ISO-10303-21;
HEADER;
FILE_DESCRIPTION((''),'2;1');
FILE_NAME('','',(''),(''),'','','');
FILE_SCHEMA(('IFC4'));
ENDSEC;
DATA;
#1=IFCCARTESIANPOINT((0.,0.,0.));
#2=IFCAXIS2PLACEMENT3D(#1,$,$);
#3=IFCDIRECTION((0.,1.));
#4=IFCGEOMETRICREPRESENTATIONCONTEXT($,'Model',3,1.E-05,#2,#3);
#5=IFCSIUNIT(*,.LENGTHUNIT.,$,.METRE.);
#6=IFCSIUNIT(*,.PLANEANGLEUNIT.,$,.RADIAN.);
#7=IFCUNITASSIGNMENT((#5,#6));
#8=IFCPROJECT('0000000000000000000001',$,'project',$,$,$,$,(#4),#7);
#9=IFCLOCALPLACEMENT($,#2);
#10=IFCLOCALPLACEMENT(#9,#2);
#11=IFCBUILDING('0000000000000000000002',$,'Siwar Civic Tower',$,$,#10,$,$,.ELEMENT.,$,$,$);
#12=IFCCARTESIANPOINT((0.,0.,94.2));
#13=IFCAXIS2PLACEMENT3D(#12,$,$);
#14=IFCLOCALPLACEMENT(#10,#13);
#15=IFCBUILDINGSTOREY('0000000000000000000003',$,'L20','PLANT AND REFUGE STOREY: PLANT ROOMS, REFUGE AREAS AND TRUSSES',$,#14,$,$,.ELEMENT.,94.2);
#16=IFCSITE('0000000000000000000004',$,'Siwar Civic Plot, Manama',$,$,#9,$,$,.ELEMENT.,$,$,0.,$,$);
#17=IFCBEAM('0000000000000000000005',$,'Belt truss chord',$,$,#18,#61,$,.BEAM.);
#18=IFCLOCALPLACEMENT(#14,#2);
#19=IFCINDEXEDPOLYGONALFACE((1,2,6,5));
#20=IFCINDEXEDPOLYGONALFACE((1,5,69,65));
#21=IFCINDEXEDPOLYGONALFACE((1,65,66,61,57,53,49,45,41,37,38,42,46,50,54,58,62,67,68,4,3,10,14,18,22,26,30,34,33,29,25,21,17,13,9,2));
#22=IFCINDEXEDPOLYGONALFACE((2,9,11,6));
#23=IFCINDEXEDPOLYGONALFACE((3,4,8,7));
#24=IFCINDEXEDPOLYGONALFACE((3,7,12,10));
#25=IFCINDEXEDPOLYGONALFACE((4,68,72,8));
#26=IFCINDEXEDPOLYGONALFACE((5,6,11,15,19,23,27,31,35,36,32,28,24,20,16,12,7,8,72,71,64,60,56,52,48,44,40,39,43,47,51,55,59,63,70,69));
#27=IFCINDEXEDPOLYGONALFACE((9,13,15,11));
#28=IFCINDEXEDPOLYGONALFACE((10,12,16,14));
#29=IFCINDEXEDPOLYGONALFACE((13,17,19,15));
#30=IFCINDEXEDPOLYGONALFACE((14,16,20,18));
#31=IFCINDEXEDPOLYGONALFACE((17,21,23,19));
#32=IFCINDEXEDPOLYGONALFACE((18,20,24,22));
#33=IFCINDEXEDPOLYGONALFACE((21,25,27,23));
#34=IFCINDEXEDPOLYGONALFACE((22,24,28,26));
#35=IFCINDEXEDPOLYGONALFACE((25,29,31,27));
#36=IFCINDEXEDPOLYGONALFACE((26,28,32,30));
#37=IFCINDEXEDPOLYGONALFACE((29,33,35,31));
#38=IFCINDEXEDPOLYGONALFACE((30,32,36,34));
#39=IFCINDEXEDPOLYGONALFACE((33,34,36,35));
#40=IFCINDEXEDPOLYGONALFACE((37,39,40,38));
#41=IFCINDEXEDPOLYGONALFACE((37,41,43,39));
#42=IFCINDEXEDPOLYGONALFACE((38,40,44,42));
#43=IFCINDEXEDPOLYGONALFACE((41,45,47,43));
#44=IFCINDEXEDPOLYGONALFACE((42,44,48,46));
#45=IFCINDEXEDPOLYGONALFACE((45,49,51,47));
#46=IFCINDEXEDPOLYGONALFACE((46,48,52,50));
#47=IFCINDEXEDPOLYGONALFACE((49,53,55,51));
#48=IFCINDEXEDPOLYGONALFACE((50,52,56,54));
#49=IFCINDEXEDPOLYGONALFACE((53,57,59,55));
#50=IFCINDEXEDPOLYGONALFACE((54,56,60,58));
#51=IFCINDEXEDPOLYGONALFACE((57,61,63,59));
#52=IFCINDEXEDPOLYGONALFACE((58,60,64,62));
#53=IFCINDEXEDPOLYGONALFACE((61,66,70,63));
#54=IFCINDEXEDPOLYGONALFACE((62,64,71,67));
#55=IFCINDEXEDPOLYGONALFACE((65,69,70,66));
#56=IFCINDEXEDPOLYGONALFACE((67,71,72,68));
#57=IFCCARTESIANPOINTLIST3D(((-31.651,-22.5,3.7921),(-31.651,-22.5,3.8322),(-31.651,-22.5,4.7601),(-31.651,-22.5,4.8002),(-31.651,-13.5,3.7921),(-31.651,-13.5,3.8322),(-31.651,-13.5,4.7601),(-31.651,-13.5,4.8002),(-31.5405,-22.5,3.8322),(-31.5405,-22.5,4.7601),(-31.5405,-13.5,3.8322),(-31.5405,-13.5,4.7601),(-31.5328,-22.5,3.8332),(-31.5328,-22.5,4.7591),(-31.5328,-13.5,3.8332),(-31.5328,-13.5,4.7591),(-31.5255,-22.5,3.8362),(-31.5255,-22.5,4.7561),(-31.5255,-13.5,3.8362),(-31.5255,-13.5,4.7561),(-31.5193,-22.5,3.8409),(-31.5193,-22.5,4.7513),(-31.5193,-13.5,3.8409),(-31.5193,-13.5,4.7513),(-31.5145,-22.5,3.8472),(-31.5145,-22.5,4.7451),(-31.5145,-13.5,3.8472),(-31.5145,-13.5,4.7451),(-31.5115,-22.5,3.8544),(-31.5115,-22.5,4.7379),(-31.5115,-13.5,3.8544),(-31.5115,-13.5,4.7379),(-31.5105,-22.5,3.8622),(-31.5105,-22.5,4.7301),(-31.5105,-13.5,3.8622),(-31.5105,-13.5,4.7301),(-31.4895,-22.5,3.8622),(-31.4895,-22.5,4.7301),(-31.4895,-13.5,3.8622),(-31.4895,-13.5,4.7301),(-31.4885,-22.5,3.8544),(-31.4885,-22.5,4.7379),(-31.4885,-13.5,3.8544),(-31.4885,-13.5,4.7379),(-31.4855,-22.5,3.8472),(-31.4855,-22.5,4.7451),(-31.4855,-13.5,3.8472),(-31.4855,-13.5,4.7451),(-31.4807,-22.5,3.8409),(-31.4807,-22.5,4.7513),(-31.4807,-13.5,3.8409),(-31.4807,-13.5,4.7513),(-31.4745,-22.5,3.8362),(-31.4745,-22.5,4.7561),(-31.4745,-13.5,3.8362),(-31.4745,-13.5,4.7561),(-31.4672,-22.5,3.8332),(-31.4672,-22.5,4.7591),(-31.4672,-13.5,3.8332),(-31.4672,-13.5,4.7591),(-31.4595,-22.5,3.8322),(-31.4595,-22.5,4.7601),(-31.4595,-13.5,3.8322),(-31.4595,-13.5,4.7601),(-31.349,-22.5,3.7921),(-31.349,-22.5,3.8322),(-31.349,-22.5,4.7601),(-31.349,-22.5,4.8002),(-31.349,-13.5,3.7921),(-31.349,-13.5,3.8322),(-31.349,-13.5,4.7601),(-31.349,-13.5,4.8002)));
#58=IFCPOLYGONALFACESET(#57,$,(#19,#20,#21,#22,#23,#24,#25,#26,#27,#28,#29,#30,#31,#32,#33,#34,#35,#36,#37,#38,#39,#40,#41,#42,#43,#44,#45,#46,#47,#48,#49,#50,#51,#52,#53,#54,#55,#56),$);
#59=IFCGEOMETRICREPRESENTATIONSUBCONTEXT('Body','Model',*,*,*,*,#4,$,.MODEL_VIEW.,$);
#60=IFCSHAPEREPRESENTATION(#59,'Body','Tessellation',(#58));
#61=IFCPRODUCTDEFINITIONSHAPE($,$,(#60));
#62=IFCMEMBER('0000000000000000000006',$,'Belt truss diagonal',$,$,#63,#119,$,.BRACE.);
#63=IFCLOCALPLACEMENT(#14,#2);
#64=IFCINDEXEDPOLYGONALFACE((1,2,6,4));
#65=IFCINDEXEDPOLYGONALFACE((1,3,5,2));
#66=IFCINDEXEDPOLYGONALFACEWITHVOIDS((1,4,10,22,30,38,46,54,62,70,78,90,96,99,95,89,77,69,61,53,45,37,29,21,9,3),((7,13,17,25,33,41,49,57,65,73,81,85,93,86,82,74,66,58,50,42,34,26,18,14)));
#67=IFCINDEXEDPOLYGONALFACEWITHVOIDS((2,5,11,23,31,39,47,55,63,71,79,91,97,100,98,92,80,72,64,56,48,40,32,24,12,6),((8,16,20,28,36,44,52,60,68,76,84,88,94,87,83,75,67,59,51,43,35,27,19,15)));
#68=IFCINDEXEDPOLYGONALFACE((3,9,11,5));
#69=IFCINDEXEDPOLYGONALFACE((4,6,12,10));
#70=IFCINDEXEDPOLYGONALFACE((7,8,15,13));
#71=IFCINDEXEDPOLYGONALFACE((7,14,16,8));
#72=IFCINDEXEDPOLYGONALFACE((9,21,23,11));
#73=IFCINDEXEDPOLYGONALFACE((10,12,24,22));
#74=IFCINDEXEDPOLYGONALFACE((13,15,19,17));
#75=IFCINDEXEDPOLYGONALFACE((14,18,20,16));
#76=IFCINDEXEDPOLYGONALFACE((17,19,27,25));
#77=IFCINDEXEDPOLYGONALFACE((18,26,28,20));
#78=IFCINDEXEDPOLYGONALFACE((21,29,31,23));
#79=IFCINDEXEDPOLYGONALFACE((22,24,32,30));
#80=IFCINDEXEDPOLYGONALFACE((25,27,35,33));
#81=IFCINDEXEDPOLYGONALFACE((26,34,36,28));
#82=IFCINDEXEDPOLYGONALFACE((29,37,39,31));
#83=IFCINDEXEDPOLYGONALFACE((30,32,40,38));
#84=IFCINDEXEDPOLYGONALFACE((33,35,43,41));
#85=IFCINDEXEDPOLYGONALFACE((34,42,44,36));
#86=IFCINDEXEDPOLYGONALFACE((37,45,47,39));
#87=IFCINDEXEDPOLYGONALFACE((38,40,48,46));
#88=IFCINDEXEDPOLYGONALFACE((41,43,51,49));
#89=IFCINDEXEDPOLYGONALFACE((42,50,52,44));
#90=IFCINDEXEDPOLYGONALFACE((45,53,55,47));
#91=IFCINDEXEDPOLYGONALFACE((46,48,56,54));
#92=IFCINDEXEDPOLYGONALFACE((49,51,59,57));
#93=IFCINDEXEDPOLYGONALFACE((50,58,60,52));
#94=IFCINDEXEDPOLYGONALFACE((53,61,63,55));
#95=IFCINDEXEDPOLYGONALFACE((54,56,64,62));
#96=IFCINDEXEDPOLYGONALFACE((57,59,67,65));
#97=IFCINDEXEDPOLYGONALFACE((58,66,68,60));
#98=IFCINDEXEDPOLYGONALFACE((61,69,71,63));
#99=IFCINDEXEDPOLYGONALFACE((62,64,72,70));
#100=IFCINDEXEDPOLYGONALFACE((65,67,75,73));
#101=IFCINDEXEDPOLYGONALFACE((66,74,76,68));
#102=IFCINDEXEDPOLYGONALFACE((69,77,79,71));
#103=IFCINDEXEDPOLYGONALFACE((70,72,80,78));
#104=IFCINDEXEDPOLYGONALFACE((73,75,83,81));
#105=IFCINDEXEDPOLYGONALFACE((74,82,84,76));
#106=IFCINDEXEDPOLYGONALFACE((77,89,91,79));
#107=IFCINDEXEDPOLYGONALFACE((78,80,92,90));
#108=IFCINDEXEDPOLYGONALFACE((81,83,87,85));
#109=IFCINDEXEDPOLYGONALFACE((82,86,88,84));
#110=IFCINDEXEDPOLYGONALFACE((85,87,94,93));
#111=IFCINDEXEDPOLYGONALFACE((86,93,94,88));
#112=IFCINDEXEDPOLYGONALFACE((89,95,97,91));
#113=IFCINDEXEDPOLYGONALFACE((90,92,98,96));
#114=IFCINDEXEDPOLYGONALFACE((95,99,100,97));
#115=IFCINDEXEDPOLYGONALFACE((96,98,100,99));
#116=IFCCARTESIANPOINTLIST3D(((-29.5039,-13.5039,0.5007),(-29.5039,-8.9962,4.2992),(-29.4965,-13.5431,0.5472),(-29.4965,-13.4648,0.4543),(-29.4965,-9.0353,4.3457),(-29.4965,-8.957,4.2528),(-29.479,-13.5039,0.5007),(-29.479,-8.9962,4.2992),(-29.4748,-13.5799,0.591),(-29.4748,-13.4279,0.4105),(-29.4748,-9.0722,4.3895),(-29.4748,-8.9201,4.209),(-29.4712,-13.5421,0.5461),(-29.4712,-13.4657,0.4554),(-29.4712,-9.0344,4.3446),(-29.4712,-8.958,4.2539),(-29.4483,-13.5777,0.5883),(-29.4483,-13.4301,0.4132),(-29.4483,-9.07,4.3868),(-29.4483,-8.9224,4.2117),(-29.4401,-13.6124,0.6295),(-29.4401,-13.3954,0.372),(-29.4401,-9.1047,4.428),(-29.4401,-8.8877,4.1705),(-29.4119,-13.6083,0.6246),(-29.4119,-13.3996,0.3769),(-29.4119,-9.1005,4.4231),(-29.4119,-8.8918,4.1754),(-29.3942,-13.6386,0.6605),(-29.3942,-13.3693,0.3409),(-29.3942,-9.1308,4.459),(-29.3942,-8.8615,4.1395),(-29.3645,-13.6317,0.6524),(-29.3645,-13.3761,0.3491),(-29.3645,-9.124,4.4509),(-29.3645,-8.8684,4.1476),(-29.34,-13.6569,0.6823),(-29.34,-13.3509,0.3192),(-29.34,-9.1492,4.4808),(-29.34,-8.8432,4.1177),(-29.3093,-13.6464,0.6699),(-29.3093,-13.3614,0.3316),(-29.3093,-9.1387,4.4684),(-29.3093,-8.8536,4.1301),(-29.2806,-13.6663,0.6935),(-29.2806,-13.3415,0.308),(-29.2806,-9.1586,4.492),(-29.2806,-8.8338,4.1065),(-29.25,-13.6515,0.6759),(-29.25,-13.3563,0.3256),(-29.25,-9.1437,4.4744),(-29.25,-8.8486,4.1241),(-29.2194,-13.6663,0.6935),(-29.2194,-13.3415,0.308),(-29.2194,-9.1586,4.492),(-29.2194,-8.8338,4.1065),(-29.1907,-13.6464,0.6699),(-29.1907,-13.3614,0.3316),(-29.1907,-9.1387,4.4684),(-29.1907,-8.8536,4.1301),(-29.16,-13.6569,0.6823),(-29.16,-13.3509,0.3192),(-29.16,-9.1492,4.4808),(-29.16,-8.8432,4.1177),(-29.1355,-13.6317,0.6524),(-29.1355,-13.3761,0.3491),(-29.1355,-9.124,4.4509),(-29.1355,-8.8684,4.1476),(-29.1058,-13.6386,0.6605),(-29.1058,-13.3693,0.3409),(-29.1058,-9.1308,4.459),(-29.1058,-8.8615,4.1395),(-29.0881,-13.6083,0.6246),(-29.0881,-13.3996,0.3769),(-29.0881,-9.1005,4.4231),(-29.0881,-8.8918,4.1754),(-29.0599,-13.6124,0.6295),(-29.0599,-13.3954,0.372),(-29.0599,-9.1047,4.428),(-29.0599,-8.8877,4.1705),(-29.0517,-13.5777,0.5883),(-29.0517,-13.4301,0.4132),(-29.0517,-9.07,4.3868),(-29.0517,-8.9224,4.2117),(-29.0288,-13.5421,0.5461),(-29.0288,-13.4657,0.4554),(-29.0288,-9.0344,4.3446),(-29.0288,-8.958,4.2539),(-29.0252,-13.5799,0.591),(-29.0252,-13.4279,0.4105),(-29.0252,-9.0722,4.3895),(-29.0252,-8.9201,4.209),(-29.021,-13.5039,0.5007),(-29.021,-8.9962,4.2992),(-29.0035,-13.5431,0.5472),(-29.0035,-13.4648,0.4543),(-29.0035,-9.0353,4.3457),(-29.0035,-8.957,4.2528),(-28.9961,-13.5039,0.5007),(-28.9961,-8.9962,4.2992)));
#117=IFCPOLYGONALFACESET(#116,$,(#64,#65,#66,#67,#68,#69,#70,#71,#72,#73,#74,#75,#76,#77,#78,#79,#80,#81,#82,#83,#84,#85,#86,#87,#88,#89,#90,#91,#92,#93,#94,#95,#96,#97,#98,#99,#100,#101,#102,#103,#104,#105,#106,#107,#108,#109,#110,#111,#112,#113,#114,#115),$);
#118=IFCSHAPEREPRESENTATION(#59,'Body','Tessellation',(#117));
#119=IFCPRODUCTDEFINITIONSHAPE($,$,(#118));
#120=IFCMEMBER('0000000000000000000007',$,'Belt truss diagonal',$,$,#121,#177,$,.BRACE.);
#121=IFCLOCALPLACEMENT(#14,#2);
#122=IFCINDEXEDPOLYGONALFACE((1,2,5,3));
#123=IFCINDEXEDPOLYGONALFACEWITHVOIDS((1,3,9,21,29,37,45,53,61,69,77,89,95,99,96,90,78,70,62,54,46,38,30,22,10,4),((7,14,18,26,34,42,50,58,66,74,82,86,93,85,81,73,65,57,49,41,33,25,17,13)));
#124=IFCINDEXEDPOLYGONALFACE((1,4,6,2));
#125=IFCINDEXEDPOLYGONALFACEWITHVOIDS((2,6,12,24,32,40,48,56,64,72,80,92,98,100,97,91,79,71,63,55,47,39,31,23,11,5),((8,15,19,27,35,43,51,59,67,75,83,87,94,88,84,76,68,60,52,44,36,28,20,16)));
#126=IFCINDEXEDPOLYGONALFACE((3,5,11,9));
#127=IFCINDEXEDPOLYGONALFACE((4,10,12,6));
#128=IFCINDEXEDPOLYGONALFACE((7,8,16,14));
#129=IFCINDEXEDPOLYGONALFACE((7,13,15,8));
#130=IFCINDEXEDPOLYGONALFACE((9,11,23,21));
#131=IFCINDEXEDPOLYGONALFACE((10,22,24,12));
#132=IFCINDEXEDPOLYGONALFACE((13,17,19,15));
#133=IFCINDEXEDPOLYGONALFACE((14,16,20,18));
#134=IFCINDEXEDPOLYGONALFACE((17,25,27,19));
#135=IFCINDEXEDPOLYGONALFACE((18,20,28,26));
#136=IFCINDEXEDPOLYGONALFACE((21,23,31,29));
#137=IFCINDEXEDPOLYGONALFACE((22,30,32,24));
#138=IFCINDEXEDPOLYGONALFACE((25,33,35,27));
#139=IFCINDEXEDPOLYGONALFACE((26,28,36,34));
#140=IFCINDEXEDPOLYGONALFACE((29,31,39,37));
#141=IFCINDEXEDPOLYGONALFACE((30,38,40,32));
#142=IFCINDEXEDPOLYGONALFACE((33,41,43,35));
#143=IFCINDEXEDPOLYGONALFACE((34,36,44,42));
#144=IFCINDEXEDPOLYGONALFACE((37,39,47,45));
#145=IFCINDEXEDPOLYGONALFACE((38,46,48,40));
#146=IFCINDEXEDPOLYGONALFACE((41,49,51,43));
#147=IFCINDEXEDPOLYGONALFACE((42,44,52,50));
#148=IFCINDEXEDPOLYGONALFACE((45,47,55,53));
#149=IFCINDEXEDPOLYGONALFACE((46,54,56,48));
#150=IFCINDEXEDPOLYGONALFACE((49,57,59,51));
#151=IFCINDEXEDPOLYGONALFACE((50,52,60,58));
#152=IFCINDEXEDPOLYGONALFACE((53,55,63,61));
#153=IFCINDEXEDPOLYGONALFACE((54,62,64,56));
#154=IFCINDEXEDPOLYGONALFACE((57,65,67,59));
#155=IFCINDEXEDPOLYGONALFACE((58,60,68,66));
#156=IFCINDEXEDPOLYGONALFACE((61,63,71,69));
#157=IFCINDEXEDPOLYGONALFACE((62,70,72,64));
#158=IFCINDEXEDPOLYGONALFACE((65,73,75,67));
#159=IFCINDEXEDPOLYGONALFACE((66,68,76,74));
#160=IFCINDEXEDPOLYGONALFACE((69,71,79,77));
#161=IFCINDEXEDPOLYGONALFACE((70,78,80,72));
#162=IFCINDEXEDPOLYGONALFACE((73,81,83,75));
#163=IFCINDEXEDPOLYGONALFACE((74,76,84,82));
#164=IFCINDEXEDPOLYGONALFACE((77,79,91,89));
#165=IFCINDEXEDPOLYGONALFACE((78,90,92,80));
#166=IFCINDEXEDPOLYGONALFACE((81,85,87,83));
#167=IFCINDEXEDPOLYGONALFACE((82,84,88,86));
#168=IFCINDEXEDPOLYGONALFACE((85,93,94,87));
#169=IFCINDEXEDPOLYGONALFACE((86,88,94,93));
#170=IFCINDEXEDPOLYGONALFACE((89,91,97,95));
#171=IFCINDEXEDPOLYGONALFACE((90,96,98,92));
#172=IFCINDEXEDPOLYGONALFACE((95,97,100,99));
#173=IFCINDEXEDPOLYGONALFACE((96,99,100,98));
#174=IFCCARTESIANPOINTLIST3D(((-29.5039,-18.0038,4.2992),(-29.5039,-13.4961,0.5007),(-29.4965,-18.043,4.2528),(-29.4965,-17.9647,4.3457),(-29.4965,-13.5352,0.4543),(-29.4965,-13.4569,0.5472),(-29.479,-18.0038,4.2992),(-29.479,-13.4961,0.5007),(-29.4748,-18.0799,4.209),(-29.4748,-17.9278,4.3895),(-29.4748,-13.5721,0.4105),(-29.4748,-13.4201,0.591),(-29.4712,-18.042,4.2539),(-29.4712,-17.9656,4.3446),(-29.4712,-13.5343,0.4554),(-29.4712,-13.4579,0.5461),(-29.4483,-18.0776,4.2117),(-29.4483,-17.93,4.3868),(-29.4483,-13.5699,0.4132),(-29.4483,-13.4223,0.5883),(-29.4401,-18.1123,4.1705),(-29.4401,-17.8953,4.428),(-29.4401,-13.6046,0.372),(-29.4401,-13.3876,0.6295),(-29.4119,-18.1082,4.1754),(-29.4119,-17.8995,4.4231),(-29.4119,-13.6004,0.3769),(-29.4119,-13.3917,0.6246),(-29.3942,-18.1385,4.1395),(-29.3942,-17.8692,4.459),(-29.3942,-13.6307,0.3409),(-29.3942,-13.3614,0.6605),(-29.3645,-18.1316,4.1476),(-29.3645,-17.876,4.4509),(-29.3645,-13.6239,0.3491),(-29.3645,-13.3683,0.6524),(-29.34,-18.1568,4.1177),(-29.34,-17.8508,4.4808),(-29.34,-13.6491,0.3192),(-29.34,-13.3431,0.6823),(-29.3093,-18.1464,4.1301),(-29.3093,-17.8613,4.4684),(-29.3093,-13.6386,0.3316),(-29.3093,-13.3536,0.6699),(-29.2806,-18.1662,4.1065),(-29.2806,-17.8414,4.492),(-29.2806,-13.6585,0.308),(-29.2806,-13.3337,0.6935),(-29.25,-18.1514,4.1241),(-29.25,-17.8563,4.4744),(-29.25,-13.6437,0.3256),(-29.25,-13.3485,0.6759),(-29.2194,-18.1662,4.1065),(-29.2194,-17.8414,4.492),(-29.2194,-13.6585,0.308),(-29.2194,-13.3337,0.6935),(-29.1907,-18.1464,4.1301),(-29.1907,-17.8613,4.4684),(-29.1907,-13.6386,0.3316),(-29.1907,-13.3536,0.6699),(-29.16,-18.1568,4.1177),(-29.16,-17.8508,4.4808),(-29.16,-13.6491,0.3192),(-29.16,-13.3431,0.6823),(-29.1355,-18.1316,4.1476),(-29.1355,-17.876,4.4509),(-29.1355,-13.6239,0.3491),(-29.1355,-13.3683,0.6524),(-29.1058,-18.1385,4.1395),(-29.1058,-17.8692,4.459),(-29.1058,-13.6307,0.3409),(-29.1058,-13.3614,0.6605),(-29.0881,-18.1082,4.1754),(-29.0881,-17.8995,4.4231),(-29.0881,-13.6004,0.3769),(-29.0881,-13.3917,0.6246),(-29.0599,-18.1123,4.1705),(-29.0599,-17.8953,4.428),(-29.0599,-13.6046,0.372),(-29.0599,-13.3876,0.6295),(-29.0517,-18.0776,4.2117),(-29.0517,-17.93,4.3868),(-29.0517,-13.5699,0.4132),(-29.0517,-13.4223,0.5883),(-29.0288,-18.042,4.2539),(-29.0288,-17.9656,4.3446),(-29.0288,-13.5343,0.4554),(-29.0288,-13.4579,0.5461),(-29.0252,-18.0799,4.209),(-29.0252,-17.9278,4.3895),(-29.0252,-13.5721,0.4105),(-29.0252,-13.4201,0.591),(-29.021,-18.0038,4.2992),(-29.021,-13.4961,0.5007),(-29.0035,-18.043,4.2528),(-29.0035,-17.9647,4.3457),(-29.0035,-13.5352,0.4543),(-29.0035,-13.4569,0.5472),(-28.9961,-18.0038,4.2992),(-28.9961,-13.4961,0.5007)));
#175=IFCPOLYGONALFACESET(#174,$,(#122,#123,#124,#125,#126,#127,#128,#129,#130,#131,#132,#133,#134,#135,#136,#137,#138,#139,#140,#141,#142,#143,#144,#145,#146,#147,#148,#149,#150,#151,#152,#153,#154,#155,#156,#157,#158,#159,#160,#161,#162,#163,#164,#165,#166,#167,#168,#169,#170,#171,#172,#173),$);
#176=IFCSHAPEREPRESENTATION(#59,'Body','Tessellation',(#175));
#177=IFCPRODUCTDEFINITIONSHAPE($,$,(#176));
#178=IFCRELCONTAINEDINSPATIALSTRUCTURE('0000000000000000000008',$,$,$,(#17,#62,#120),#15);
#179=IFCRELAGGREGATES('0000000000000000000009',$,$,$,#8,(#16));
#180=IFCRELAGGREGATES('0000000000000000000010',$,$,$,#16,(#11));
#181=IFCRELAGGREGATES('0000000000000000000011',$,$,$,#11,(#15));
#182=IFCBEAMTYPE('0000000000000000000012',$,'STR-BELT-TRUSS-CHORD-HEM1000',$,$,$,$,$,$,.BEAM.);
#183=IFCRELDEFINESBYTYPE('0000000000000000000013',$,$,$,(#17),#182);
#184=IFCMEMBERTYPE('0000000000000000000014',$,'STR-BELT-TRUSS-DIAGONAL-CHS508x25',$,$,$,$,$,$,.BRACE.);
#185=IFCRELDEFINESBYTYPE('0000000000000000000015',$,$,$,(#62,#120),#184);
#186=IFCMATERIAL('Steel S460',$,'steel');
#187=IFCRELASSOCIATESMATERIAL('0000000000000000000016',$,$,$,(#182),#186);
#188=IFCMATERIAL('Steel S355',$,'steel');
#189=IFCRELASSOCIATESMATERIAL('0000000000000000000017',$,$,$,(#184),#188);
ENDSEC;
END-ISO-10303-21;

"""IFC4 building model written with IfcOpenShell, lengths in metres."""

from ifc_helpers import new_model, si_unit, direction, frame, origin, origin_2d, place, context, subcontext, project, spatial, hollow_circle, i_section, extrude, material, material_profile, profile_set, type_object, element, save


model = new_model("IFC4")

# Units and contexts
model_context = context("Model", 3, precision=1e-05, world=origin(), true_north=direction((0.0, 1.0)))
body_context = subcontext(model_context, "Body", "Model", "MODEL_VIEW")
ifc_project = project(units=[si_unit("LENGTHUNIT", "METRE"), si_unit("PLANEANGLEUNIT", "RADIAN")], contexts=[model_context])

# Site, building, storey
site_placement = place(None, origin())
site = spatial("IfcSite", under=ifc_project, at=site_placement, Name="Siwar Civic Plot, Manama", CompositionType="ELEMENT", RefElevation=0.0)
building_placement = place(site_placement, origin())
building = spatial("IfcBuilding", under=site, at=building_placement, Name="Siwar Civic Tower", CompositionType="ELEMENT")
storey_placement = place(building_placement, frame((0.0, 0.0, 94.2)))
storey = spatial("IfcBuildingStorey", under=building, at=storey_placement, Name="L20", Description="PLANT AND REFUGE STOREY: PLANT ROOMS, REFUGE AREAS AND TRUSSES", CompositionType="ELEMENT", Elevation=94.2)

# Beam
ifc_material_1 = material(Name="Steel S460", Category="steel")
ifc_material_profile_1 = material_profile(ifc_material_1, i_section(OverallWidth=0.302, OverallDepth=1.0081, WebThickness=0.021, FlangeThickness=0.04, FilletRadius=0.03, at=origin_2d()), Name="HEM1000")
ifc_profile_set_1 = profile_set([ifc_material_profile_1], Name="Steel S460")
beam_type_1 = type_object("IfcBeamType", Name="STR-BELT-TRUSS-CHORD-HEM1000", PredefinedType="BEAM", material=ifc_profile_set_1)
for number, where, z_axis, x_axis, name in (
    (1, (-31.5, -13.5, 4.2961), (0.0, -1.0, 0.0), (1.0, 0.0, 0.0), "Belt truss chord"),
):
    element("IfcBeam", number, at=place(storey_placement, frame(where, z_axis=z_axis, x_axis=x_axis)), inside=storey, type_object=beam_type_1, Name=name, PredefinedType="BEAM", context=body_context, shape_type="SweptSolid", body=[
        extrude(i_section(OverallWidth=0.302, OverallDepth=1.0081, WebThickness=0.021, FlangeThickness=0.04, FilletRadius=0.03, at=origin_2d()), origin(), (0.0, 0.0, 1.0), 9.0),
    ])

# Members
ifc_material_2 = material(Name="Steel S355", Category="steel")
ifc_material_profile_2 = material_profile(ifc_material_2, hollow_circle(Radius=0.2539, WallThickness=0.0249, at=origin_2d()), Name="CHS508x25")
ifc_profile_set_2 = profile_set([ifc_material_profile_2], Name="Steel S355")
member_type_1 = type_object("IfcMemberType", Name="STR-BELT-TRUSS-DIAGONAL-CHS508x25", PredefinedType="BRACE", material=ifc_profile_set_2)
for number, where, z_axis, x_axis, name in (
    (2, (-29.25, -13.5039, 0.5007), (0.0, 0.7647, 0.644387), (-1.0, 0.0, 0.0), "Belt truss diagonal"),
    (3, (-29.25, -13.4961, 0.5007), (0.0, -0.7647, 0.644387), (1.0, 0.0, 0.0), "Belt truss diagonal"),
):
    element("IfcMember", number, at=place(storey_placement, frame(where, z_axis=z_axis, x_axis=x_axis)), inside=storey, type_object=member_type_1, Name=name, PredefinedType="BRACE", context=body_context, shape_type="SweptSolid", body=[
        extrude(hollow_circle(Radius=0.2539, WallThickness=0.0249, at=origin_2d()), origin(), (0.0, 0.0, 1.0), 5.8948),
    ])

save(model, "model.ifc")
